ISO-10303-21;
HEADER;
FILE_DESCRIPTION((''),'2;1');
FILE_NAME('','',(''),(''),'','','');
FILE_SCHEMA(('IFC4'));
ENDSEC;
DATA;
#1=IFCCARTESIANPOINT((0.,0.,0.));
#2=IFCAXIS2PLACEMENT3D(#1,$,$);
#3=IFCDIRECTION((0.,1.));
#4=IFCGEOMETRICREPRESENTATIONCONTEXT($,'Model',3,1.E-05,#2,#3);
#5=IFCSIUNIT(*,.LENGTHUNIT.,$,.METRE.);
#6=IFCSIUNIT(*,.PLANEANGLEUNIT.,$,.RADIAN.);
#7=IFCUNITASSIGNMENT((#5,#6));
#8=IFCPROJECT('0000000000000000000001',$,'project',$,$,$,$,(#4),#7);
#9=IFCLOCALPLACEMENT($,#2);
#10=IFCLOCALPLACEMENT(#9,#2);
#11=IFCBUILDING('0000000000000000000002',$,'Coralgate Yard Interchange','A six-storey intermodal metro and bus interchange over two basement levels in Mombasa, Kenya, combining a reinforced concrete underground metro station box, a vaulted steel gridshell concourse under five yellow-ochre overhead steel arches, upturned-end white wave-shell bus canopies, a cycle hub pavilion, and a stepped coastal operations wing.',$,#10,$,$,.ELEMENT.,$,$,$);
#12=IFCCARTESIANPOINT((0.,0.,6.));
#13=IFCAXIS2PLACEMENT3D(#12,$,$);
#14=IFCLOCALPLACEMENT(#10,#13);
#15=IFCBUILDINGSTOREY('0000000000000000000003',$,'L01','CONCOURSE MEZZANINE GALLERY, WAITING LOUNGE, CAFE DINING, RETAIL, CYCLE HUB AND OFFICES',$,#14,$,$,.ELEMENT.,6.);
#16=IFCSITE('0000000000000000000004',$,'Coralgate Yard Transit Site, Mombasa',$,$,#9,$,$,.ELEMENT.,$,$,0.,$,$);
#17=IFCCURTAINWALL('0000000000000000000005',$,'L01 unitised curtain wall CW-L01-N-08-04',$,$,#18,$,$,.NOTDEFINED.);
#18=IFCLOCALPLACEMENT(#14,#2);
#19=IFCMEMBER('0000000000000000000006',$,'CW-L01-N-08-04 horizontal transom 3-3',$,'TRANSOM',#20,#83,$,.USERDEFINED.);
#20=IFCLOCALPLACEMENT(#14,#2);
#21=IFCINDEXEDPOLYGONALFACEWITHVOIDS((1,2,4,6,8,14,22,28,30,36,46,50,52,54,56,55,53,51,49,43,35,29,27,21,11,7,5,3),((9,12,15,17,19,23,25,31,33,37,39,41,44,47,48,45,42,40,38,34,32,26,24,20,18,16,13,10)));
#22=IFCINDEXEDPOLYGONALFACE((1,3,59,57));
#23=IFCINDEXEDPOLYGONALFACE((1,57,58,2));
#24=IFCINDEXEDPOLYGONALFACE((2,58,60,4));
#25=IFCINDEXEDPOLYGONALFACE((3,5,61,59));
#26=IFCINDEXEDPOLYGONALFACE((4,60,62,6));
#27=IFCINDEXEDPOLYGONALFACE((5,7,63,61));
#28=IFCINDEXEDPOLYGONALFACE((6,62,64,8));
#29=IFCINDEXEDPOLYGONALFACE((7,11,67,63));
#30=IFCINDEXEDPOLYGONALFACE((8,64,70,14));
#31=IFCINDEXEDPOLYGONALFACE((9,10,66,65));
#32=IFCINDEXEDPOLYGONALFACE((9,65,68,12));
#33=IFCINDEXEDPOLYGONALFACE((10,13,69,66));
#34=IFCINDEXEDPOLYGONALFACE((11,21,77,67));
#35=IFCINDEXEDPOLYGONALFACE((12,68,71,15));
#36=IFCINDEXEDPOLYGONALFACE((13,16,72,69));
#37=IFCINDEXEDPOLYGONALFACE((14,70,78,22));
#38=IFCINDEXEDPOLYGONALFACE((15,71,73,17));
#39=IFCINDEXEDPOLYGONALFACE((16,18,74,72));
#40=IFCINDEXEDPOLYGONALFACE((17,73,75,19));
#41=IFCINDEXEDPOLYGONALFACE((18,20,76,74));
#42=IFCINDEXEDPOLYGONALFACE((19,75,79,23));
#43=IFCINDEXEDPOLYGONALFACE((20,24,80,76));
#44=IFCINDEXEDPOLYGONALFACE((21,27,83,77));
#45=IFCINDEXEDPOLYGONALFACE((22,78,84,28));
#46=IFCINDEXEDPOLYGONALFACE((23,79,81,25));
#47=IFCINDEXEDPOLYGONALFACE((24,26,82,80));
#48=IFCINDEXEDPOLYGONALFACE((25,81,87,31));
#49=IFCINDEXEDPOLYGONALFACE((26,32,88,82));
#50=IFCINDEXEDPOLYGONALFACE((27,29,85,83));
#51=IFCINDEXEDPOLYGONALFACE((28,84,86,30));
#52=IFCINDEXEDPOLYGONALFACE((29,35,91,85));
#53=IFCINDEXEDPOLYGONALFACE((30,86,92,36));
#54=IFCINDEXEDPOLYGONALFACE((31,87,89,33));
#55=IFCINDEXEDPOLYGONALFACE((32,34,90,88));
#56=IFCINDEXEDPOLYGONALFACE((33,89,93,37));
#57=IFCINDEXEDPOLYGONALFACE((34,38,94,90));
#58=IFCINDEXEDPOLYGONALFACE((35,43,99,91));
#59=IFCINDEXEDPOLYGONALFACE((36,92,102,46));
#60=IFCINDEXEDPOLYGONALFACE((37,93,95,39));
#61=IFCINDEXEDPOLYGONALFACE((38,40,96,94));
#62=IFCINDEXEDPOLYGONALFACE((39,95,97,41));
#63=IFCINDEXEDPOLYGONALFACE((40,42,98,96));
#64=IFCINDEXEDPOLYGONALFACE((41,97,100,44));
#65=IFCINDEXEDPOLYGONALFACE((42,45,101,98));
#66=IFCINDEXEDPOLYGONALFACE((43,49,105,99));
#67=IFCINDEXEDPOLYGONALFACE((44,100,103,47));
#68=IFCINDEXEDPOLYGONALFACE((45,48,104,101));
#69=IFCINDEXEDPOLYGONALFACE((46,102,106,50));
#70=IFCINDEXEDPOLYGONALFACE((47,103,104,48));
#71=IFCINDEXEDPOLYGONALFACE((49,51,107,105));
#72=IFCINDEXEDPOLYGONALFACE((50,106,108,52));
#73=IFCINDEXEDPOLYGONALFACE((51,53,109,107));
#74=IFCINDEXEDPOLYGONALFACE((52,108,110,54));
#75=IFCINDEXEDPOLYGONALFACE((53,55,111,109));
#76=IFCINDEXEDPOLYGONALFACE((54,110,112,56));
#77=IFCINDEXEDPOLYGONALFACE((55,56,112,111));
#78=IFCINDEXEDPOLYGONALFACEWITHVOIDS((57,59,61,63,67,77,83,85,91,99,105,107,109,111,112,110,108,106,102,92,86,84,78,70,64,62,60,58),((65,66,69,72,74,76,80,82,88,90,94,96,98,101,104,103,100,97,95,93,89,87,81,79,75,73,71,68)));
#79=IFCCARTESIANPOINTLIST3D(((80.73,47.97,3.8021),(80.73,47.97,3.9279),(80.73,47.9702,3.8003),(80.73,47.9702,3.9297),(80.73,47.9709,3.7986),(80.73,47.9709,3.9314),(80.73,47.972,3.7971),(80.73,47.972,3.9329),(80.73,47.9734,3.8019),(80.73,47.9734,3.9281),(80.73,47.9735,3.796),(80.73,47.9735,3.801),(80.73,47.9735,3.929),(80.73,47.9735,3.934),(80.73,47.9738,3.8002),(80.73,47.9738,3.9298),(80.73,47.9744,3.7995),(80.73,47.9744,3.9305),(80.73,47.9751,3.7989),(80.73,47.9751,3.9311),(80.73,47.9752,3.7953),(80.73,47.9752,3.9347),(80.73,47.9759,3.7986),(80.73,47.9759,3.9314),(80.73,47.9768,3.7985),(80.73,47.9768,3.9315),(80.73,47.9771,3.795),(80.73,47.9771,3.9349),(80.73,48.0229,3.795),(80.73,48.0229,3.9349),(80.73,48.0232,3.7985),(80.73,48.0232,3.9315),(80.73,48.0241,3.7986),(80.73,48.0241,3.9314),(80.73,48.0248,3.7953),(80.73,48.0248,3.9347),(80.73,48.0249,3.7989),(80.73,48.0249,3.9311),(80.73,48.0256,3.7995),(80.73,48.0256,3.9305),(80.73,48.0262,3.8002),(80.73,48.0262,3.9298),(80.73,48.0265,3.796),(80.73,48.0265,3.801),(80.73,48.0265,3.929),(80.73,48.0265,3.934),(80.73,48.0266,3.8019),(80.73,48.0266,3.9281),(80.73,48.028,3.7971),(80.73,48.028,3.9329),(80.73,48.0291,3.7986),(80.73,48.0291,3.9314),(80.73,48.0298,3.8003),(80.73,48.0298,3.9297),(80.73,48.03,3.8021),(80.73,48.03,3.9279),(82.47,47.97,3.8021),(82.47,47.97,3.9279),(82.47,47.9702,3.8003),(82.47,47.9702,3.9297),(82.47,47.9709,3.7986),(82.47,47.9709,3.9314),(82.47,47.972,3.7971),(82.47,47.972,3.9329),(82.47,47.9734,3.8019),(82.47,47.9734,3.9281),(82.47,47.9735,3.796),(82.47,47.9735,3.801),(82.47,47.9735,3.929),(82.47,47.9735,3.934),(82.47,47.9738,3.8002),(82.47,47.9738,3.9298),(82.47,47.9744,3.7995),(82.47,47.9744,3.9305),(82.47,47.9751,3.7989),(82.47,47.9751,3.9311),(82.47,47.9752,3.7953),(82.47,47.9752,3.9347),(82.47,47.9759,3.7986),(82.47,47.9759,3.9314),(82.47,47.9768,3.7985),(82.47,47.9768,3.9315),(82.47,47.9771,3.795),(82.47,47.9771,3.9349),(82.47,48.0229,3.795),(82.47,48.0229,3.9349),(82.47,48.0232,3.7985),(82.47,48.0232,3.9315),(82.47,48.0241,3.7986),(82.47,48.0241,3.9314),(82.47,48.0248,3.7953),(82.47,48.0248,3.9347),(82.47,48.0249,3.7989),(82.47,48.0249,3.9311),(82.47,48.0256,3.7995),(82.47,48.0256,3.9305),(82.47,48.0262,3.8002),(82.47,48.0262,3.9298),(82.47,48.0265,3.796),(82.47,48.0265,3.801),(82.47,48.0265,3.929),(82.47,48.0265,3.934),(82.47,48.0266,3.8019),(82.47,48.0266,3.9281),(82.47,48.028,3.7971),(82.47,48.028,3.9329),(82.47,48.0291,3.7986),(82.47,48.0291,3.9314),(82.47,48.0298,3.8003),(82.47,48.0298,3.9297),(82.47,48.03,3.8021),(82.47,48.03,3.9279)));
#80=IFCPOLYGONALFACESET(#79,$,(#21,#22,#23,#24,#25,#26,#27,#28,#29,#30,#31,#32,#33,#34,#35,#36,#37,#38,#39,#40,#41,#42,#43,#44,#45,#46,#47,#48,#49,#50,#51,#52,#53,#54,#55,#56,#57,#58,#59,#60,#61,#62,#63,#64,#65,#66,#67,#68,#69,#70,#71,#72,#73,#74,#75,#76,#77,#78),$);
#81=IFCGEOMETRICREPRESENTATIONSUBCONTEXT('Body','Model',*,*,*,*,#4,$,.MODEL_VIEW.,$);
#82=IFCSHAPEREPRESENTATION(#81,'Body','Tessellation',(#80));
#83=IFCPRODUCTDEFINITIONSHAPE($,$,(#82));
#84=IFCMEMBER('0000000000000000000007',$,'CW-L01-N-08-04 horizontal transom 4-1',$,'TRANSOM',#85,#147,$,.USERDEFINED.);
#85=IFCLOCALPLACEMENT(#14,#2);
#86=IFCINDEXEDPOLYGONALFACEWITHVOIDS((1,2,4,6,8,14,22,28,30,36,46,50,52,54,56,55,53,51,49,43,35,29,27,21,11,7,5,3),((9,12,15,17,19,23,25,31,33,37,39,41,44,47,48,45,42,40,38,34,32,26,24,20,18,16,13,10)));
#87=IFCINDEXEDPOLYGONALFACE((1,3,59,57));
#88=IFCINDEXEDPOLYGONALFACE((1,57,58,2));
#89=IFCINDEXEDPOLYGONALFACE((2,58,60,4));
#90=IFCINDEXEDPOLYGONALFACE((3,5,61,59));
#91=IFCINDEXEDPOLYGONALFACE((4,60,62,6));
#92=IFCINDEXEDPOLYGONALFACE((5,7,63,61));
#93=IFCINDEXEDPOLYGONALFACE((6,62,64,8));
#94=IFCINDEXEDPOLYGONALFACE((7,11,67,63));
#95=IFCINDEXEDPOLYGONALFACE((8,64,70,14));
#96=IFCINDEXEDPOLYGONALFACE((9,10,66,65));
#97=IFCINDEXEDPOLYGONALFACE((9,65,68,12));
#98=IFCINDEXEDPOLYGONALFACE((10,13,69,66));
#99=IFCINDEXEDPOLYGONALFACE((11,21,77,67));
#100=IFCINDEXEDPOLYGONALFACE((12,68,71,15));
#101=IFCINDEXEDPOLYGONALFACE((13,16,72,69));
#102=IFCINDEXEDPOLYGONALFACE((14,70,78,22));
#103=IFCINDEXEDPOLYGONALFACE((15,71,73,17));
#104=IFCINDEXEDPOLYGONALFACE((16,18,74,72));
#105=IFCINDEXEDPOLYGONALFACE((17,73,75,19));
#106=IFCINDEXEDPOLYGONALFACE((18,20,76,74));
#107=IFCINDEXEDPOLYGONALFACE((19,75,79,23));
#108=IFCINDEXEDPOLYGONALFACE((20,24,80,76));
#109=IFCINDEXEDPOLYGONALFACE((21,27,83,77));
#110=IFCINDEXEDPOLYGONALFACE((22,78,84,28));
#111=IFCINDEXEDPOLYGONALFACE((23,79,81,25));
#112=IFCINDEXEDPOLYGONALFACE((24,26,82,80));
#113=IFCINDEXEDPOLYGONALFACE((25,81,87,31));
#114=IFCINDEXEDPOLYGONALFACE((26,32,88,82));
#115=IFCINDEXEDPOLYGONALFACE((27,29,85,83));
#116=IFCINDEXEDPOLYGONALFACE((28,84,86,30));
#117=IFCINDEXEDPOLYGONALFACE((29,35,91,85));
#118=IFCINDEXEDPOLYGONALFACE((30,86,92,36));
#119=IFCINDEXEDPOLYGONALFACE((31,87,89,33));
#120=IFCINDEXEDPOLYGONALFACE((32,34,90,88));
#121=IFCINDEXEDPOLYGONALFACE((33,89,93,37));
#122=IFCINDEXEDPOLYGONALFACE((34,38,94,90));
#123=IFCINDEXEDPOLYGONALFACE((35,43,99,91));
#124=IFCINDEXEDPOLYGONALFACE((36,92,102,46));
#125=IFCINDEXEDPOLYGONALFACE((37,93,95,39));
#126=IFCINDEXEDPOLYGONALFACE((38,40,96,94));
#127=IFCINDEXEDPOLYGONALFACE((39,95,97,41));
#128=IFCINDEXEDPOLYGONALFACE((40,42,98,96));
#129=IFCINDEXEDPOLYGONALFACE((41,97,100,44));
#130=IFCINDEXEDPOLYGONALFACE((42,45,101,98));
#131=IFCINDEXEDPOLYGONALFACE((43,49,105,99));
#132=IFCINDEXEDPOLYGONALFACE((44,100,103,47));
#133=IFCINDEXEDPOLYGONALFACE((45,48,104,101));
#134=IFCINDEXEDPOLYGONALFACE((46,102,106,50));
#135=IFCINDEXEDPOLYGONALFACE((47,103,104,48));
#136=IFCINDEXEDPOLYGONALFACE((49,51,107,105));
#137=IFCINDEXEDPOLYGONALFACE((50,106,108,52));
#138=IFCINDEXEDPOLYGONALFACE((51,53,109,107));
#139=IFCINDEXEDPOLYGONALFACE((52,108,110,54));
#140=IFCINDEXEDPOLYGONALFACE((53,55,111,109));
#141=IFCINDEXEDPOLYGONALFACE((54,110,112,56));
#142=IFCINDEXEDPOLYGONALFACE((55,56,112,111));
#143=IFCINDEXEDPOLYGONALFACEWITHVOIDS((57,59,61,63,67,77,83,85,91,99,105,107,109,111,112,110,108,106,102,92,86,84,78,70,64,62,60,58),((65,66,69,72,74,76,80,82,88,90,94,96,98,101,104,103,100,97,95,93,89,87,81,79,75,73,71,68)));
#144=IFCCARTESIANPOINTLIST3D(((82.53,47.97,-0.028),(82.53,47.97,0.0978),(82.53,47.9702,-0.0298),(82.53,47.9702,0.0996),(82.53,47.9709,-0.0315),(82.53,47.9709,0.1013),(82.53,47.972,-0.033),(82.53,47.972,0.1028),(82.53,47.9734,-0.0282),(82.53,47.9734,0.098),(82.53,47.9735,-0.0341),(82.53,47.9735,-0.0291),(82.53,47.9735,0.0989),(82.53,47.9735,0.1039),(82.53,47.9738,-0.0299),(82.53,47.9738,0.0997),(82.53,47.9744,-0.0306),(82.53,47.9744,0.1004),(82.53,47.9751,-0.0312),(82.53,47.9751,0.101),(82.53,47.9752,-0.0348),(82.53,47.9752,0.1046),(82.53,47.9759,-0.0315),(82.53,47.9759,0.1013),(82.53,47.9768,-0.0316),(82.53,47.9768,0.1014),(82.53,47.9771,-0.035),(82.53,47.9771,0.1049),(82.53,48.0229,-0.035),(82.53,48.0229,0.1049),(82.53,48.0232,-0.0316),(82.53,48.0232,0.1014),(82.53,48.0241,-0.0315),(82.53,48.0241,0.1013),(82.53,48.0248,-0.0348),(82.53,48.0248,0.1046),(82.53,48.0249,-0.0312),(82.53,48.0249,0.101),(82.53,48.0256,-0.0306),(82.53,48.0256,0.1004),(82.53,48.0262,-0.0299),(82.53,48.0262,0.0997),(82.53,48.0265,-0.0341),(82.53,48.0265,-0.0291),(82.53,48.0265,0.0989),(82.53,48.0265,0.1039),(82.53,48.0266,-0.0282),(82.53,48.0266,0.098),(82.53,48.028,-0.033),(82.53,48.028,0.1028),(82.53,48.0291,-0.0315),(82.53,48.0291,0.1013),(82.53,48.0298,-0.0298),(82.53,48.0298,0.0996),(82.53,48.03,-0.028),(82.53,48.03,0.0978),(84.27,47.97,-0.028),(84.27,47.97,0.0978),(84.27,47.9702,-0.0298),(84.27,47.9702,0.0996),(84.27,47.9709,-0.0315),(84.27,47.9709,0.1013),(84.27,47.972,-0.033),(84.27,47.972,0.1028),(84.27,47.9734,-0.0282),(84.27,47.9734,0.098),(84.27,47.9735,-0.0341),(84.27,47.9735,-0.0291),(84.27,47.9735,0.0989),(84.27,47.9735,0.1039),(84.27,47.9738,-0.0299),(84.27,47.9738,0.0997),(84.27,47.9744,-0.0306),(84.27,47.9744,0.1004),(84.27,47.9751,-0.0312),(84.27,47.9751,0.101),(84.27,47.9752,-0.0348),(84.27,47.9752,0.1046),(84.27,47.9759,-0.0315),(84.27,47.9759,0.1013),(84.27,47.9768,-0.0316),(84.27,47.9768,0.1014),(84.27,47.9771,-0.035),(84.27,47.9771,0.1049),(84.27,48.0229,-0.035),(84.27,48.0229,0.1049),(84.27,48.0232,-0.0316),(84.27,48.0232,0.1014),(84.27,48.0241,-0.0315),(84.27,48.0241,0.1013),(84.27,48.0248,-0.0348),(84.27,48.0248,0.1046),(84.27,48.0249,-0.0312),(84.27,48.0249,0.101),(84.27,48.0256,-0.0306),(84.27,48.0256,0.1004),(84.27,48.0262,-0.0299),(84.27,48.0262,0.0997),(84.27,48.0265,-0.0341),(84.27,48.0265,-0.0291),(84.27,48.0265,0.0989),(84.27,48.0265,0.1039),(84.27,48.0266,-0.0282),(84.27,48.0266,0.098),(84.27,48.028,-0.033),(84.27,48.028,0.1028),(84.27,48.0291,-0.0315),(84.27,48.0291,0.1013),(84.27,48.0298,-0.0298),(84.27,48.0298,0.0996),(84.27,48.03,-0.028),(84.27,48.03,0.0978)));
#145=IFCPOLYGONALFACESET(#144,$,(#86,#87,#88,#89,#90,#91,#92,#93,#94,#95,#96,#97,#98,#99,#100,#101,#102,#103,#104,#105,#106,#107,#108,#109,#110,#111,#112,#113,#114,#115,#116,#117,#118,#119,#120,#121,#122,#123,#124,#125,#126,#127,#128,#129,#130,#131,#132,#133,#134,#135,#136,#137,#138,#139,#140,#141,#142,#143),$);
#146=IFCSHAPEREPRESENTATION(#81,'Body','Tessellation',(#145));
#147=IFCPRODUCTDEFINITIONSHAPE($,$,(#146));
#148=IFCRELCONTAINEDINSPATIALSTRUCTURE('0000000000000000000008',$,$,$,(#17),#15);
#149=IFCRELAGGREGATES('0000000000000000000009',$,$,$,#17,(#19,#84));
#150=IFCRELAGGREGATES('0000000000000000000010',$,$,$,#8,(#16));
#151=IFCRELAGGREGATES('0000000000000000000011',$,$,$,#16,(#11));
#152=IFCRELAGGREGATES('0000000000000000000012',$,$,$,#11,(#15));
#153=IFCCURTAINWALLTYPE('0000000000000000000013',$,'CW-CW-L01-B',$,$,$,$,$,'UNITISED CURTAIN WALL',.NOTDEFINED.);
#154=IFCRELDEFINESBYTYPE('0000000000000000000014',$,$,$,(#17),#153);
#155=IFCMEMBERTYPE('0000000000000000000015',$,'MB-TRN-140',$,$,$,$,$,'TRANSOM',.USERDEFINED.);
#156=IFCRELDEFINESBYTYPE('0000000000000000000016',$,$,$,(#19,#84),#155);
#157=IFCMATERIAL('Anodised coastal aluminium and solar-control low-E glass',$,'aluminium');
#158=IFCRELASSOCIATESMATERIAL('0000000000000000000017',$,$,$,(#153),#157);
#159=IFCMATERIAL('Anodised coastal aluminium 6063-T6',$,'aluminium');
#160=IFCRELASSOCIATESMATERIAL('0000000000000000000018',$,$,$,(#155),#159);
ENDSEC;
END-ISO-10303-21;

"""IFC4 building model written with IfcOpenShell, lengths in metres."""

from ifc_helpers import new_model, si_unit, direction, frame, origin, origin_2d, place, context, subcontext, project, spatial, hollow_rectangle, extrude, material, material_profile, profile_set, type_object, element, aggregate, save


model = new_model("IFC4")

# Units and contexts
model_context = context("Model", 3, precision=1e-05, world=origin(), true_north=direction((0.0, 1.0)))
body_context = subcontext(model_context, "Body", "Model", "MODEL_VIEW")
ifc_project = project(units=[si_unit("LENGTHUNIT", "METRE"), si_unit("PLANEANGLEUNIT", "RADIAN")], contexts=[model_context])

# Site, building, storey
site_placement = place(None, origin())
site = spatial("IfcSite", under=ifc_project, at=site_placement, Name="Coralgate Yard Transit Site, Mombasa", CompositionType="ELEMENT", RefElevation=0.0)
building_placement = place(site_placement, origin())
building = spatial("IfcBuilding", under=site, at=building_placement, Name="Coralgate Yard Interchange", Description="A six-storey intermodal metro and bus interchange over two basement levels in Mombasa, Kenya, combining a reinforced concrete underground metro station box, a vaulted steel gridshell concourse under five yellow-ochre overhead steel arches, upturned-end white wave-shell bus canopies, a cycle hub pavilion, and a stepped coastal operations wing.", CompositionType="ELEMENT")
storey_placement = place(building_placement, frame((0.0, 0.0, 6.0)))
storey = spatial("IfcBuildingStorey", under=building, at=storey_placement, Name="L01", Description="CONCOURSE MEZZANINE GALLERY, WAITING LOUNGE, CAFE DINING, RETAIL, CYCLE HUB AND OFFICES", CompositionType="ELEMENT", Elevation=6.0)

# Curtain wall, members
ifc_material_1 = material(Name="Anodised coastal aluminium and solar-control low-E glass", Category="aluminium")
curtain_wall_type = type_object("IfcCurtainWallType", Name="CW-CW-L01-B", ElementType="UNITISED CURTAIN WALL", PredefinedType="NOTDEFINED", material=ifc_material_1)
curtain_wall_placement = place(storey_placement, origin())
curtain_wall = element("IfcCurtainWall", 1, at=curtain_wall_placement, inside=storey, type_object=curtain_wall_type, Name="L01 unitised curtain wall CW-L01-N-08-04", PredefinedType="NOTDEFINED")
ifc_material_2 = material(Name="Anodised coastal aluminium 6063-T6", Category="aluminium")
ifc_material_profile_1 = material_profile(ifc_material_2, hollow_rectangle(XDim=0.0601, YDim=0.1399, WallThickness=0.0034, InnerFilletRadius=0.0034, OuterFilletRadius=0.0071, at=origin_2d()), Name="ALU 60x140x3.5")
ifc_profile_set_1 = profile_set([ifc_material_profile_1], Name="Anodised coastal aluminium 6063-T6")
member_type_1 = type_object("IfcMemberType", Name="MB-TRN-140", ElementType="TRANSOM", PredefinedType="USERDEFINED", material=ifc_profile_set_1)
member_1_placement = place(storey_placement, frame((80.73, 48.0, 3.865), z_axis=(1.0, 0.0, 0.0), x_axis=(0.0, 1.0, 0.0)))
member_1 = element("IfcMember", 2, at=member_1_placement, type_object=member_type_1, Name="CW-L01-N-08-04 horizontal transom 3-3", ObjectType="TRANSOM", PredefinedType="USERDEFINED", context=body_context, shape_type="SweptSolid", body=[
    extrude(hollow_rectangle(XDim=0.0601, YDim=0.1399, WallThickness=0.0034, InnerFilletRadius=0.0034, OuterFilletRadius=0.0071, at=origin_2d()), origin(), (0.0, 0.0, 1.0), 1.74),
])
member_2_placement = place(storey_placement, frame((82.53, 48.0, 0.0349), z_axis=(1.0, 0.0, 0.0), x_axis=(0.0, 1.0, 0.0)))
member_2 = element("IfcMember", 3, at=member_2_placement, type_object=member_type_1, Name="CW-L01-N-08-04 horizontal transom 4-1", ObjectType="TRANSOM", PredefinedType="USERDEFINED", context=body_context, shape_type="SweptSolid", body=[
    extrude(hollow_rectangle(XDim=0.0601, YDim=0.1399, WallThickness=0.0034, InnerFilletRadius=0.0034, OuterFilletRadius=0.0071, at=origin_2d()), origin(), (0.0, 0.0, 1.0), 1.74),
])
aggregate(curtain_wall, [member_1, member_2])

save(model, "model.ifc")
